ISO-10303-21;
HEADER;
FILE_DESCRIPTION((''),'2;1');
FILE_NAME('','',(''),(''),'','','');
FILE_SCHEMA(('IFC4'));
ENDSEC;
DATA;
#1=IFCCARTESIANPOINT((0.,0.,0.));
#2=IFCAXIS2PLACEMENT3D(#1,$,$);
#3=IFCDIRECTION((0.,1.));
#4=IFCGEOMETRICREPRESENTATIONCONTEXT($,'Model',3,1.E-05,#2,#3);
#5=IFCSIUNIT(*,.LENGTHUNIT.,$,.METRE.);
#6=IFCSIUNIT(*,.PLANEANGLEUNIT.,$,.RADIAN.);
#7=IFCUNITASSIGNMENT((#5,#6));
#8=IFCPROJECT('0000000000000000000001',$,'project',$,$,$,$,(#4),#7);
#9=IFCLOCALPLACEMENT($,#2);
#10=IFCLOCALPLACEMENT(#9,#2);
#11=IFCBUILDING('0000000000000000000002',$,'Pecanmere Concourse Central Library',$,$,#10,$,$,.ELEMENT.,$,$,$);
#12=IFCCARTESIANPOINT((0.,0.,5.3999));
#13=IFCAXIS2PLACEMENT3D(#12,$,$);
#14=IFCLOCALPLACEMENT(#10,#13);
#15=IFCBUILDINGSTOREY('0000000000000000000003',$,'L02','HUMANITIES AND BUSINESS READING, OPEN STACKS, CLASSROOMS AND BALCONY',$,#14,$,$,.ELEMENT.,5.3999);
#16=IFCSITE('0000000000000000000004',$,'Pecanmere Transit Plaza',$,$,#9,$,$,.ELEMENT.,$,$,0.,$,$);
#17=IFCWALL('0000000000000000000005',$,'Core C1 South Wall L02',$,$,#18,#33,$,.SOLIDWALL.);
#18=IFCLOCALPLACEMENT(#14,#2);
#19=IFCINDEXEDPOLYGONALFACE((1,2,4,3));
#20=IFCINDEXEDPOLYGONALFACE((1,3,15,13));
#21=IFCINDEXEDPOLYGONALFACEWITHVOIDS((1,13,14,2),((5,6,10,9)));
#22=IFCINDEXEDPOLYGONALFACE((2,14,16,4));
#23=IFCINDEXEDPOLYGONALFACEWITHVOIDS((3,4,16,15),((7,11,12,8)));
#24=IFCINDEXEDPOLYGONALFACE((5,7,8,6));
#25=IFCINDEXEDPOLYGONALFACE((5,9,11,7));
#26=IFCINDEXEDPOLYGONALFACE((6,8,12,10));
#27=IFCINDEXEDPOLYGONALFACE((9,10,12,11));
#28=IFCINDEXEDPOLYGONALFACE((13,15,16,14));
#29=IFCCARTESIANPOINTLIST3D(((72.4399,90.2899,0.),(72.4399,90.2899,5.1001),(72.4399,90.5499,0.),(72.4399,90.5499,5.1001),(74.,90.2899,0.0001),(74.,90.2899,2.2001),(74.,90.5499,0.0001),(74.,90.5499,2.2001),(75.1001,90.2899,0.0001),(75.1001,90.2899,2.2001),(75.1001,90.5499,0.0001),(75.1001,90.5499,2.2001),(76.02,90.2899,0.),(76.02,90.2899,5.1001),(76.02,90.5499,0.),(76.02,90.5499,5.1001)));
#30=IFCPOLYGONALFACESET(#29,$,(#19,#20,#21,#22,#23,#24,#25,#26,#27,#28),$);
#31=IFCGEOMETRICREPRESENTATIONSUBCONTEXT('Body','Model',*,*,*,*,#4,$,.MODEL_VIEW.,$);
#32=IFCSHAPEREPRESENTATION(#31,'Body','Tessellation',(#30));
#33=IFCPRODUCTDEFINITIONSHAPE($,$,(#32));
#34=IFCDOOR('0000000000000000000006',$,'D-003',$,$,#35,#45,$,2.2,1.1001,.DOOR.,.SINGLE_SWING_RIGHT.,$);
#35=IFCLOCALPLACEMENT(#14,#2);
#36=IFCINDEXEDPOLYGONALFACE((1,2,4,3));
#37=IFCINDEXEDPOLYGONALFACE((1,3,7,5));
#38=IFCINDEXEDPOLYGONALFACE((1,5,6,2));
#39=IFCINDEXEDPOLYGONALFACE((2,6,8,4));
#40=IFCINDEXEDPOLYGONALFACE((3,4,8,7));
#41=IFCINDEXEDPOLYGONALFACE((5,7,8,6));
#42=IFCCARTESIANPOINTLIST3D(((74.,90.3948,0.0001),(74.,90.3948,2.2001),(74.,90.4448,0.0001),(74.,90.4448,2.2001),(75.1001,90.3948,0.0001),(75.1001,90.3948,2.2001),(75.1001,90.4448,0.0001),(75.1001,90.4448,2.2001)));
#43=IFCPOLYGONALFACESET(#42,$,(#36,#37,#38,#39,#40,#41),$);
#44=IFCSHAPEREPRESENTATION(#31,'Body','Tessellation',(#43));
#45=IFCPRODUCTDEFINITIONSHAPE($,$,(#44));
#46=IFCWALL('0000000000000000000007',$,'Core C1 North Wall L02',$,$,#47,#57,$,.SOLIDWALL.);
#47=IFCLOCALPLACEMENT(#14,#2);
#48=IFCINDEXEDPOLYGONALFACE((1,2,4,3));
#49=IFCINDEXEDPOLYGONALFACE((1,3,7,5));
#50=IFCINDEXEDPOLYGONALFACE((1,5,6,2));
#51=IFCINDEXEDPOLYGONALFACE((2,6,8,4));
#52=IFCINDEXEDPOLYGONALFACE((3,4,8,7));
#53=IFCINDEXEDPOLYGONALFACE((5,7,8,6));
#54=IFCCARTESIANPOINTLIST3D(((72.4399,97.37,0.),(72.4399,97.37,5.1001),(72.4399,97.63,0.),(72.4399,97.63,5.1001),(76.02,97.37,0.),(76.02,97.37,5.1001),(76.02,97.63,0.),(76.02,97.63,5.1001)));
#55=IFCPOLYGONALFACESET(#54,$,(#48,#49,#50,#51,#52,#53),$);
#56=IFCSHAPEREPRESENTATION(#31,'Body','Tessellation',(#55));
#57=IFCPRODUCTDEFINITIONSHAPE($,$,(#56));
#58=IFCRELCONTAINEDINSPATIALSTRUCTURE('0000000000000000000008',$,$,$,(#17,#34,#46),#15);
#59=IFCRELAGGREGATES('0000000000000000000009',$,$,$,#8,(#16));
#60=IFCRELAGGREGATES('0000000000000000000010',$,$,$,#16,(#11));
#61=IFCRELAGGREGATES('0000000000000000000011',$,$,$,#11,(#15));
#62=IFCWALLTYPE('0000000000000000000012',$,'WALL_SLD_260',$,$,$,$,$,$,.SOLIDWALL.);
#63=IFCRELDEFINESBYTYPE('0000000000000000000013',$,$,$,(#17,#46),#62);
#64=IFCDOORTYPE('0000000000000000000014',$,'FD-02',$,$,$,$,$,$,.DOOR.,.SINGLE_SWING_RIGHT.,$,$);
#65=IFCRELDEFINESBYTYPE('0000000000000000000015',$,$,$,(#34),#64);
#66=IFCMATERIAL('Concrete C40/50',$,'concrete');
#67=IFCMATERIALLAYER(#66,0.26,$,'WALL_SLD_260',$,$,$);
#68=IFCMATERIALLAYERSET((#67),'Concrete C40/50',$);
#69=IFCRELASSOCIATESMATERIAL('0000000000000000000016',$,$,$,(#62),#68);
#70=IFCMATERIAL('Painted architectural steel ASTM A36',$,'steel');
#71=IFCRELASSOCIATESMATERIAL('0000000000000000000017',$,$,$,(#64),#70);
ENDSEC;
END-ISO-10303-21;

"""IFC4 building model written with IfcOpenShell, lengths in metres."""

from ifc_helpers import new_model, si_unit, direction, frame, frame_2d, origin, place, context, subcontext, project, spatial, rectangle, extrude, material, layer, layer_set, type_object, element, fill, save


model = new_model("IFC4")

# Units and contexts
model_context = context("Model", 3, precision=1e-05, world=origin(), true_north=direction((0.0, 1.0)))
body_context = subcontext(model_context, "Body", "Model", "MODEL_VIEW")
ifc_project = project(units=[si_unit("LENGTHUNIT", "METRE"), si_unit("PLANEANGLEUNIT", "RADIAN")], contexts=[model_context])

# Site, building, storey
site_placement = place(None, origin())
site = spatial("IfcSite", under=ifc_project, at=site_placement, Name="Pecanmere Transit Plaza", CompositionType="ELEMENT", RefElevation=0.0)
building_placement = place(site_placement, origin())
building = spatial("IfcBuilding", under=site, at=building_placement, Name="Pecanmere Concourse Central Library", CompositionType="ELEMENT")
storey_placement = place(building_placement, frame((0.0, 0.0, 5.3999)))
storey = spatial("IfcBuildingStorey", under=building, at=storey_placement, Name="L02", Description="HUMANITIES AND BUSINESS READING, OPEN STACKS, CLASSROOMS AND BALCONY", CompositionType="ELEMENT", Elevation=5.3999)

# Wall, opening, door
ifc_material_1 = material(Name="Concrete C40/50", Category="concrete")
ifc_layer_1 = layer(ifc_material_1, 0.26, Name="WALL_SLD_260")
ifc_layer_set_1 = layer_set([ifc_layer_1], Name="Concrete C40/50")
wall_type_1 = type_object("IfcWallType", Name="WALL_SLD_260", PredefinedType="SOLIDWALL", material=ifc_layer_set_1)
wall_1_placement = place(storey_placement, frame((72.4399, 90.4199, 0.0), z_axis=(0.0, 0.0, 1.0), x_axis=(1.0, 0.0, 0.0)))
wall_1 = element("IfcWall", 1, at=wall_1_placement, inside=storey, type_object=wall_type_1, Name="Core C1 South Wall L02", PredefinedType="SOLIDWALL", context=body_context, shape_type="SweptSolid", body=[
    extrude(rectangle(XDim=3.5801, YDim=0.26, at=frame_2d((1.79, 0.0))), origin(), (0.0, 0.0, 1.0), 5.1001),
])
opening_placement = place(wall_1_placement, frame((1.5601, 0.0, 0.0)))
opening = element("IfcOpeningElement", 2, at=opening_placement, cuts=wall_1, PredefinedType="OPENING", context=body_context, shape_type="SweptSolid", body=[
    extrude(rectangle(XDim=1.1001, YDim=2.2, at=frame_2d((0.55, 1.1001))), frame((0.0, 0.1421, 0.0), z_axis=(0.0, -1.0, 0.0), x_axis=(1.0, 0.0, 0.0)), (0.0, 0.0, 1.0), 0.2839),
])
ifc_material_2 = material(Name="Painted architectural steel ASTM A36", Category="steel")
door_type = type_object("IfcDoorType", Name="FD-02", OperationType="SINGLE_SWING_RIGHT", PredefinedType="DOOR", material=ifc_material_2)
door_placement = place(opening_placement, origin())
door = element("IfcDoor", 3, at=door_placement, inside=storey, type_object=door_type, Name="D-003", OperationType="SINGLE_SWING_RIGHT", OverallHeight=2.2, OverallWidth=1.1001, PredefinedType="DOOR", context=body_context, shape_type="SweptSolid", body=[
    extrude(rectangle(XDim=1.1001, YDim=2.2, at=frame_2d((0.55, 1.1001))), frame((0.0, 0.0249, 0.0), z_axis=(0.0, -1.0, 0.0), x_axis=(1.0, 0.0, 0.0)), (0.0, 0.0, 1.0), 0.05),
])
fill(opening, door)

# Wall
wall_2_placement = place(storey_placement, frame((72.4399, 97.5, 0.0), z_axis=(0.0, 0.0, 1.0), x_axis=(1.0, 0.0, 0.0)))
element("IfcWall", 4, at=wall_2_placement, inside=storey, type_object=wall_type_1, Name="Core C1 North Wall L02", PredefinedType="SOLIDWALL", context=body_context, shape_type="SweptSolid", body=[
    extrude(rectangle(XDim=3.5801, YDim=0.26, at=frame_2d((1.79, 0.0))), origin(), (0.0, 0.0, 1.0), 5.1001),
])

save(model, "model.ifc")
